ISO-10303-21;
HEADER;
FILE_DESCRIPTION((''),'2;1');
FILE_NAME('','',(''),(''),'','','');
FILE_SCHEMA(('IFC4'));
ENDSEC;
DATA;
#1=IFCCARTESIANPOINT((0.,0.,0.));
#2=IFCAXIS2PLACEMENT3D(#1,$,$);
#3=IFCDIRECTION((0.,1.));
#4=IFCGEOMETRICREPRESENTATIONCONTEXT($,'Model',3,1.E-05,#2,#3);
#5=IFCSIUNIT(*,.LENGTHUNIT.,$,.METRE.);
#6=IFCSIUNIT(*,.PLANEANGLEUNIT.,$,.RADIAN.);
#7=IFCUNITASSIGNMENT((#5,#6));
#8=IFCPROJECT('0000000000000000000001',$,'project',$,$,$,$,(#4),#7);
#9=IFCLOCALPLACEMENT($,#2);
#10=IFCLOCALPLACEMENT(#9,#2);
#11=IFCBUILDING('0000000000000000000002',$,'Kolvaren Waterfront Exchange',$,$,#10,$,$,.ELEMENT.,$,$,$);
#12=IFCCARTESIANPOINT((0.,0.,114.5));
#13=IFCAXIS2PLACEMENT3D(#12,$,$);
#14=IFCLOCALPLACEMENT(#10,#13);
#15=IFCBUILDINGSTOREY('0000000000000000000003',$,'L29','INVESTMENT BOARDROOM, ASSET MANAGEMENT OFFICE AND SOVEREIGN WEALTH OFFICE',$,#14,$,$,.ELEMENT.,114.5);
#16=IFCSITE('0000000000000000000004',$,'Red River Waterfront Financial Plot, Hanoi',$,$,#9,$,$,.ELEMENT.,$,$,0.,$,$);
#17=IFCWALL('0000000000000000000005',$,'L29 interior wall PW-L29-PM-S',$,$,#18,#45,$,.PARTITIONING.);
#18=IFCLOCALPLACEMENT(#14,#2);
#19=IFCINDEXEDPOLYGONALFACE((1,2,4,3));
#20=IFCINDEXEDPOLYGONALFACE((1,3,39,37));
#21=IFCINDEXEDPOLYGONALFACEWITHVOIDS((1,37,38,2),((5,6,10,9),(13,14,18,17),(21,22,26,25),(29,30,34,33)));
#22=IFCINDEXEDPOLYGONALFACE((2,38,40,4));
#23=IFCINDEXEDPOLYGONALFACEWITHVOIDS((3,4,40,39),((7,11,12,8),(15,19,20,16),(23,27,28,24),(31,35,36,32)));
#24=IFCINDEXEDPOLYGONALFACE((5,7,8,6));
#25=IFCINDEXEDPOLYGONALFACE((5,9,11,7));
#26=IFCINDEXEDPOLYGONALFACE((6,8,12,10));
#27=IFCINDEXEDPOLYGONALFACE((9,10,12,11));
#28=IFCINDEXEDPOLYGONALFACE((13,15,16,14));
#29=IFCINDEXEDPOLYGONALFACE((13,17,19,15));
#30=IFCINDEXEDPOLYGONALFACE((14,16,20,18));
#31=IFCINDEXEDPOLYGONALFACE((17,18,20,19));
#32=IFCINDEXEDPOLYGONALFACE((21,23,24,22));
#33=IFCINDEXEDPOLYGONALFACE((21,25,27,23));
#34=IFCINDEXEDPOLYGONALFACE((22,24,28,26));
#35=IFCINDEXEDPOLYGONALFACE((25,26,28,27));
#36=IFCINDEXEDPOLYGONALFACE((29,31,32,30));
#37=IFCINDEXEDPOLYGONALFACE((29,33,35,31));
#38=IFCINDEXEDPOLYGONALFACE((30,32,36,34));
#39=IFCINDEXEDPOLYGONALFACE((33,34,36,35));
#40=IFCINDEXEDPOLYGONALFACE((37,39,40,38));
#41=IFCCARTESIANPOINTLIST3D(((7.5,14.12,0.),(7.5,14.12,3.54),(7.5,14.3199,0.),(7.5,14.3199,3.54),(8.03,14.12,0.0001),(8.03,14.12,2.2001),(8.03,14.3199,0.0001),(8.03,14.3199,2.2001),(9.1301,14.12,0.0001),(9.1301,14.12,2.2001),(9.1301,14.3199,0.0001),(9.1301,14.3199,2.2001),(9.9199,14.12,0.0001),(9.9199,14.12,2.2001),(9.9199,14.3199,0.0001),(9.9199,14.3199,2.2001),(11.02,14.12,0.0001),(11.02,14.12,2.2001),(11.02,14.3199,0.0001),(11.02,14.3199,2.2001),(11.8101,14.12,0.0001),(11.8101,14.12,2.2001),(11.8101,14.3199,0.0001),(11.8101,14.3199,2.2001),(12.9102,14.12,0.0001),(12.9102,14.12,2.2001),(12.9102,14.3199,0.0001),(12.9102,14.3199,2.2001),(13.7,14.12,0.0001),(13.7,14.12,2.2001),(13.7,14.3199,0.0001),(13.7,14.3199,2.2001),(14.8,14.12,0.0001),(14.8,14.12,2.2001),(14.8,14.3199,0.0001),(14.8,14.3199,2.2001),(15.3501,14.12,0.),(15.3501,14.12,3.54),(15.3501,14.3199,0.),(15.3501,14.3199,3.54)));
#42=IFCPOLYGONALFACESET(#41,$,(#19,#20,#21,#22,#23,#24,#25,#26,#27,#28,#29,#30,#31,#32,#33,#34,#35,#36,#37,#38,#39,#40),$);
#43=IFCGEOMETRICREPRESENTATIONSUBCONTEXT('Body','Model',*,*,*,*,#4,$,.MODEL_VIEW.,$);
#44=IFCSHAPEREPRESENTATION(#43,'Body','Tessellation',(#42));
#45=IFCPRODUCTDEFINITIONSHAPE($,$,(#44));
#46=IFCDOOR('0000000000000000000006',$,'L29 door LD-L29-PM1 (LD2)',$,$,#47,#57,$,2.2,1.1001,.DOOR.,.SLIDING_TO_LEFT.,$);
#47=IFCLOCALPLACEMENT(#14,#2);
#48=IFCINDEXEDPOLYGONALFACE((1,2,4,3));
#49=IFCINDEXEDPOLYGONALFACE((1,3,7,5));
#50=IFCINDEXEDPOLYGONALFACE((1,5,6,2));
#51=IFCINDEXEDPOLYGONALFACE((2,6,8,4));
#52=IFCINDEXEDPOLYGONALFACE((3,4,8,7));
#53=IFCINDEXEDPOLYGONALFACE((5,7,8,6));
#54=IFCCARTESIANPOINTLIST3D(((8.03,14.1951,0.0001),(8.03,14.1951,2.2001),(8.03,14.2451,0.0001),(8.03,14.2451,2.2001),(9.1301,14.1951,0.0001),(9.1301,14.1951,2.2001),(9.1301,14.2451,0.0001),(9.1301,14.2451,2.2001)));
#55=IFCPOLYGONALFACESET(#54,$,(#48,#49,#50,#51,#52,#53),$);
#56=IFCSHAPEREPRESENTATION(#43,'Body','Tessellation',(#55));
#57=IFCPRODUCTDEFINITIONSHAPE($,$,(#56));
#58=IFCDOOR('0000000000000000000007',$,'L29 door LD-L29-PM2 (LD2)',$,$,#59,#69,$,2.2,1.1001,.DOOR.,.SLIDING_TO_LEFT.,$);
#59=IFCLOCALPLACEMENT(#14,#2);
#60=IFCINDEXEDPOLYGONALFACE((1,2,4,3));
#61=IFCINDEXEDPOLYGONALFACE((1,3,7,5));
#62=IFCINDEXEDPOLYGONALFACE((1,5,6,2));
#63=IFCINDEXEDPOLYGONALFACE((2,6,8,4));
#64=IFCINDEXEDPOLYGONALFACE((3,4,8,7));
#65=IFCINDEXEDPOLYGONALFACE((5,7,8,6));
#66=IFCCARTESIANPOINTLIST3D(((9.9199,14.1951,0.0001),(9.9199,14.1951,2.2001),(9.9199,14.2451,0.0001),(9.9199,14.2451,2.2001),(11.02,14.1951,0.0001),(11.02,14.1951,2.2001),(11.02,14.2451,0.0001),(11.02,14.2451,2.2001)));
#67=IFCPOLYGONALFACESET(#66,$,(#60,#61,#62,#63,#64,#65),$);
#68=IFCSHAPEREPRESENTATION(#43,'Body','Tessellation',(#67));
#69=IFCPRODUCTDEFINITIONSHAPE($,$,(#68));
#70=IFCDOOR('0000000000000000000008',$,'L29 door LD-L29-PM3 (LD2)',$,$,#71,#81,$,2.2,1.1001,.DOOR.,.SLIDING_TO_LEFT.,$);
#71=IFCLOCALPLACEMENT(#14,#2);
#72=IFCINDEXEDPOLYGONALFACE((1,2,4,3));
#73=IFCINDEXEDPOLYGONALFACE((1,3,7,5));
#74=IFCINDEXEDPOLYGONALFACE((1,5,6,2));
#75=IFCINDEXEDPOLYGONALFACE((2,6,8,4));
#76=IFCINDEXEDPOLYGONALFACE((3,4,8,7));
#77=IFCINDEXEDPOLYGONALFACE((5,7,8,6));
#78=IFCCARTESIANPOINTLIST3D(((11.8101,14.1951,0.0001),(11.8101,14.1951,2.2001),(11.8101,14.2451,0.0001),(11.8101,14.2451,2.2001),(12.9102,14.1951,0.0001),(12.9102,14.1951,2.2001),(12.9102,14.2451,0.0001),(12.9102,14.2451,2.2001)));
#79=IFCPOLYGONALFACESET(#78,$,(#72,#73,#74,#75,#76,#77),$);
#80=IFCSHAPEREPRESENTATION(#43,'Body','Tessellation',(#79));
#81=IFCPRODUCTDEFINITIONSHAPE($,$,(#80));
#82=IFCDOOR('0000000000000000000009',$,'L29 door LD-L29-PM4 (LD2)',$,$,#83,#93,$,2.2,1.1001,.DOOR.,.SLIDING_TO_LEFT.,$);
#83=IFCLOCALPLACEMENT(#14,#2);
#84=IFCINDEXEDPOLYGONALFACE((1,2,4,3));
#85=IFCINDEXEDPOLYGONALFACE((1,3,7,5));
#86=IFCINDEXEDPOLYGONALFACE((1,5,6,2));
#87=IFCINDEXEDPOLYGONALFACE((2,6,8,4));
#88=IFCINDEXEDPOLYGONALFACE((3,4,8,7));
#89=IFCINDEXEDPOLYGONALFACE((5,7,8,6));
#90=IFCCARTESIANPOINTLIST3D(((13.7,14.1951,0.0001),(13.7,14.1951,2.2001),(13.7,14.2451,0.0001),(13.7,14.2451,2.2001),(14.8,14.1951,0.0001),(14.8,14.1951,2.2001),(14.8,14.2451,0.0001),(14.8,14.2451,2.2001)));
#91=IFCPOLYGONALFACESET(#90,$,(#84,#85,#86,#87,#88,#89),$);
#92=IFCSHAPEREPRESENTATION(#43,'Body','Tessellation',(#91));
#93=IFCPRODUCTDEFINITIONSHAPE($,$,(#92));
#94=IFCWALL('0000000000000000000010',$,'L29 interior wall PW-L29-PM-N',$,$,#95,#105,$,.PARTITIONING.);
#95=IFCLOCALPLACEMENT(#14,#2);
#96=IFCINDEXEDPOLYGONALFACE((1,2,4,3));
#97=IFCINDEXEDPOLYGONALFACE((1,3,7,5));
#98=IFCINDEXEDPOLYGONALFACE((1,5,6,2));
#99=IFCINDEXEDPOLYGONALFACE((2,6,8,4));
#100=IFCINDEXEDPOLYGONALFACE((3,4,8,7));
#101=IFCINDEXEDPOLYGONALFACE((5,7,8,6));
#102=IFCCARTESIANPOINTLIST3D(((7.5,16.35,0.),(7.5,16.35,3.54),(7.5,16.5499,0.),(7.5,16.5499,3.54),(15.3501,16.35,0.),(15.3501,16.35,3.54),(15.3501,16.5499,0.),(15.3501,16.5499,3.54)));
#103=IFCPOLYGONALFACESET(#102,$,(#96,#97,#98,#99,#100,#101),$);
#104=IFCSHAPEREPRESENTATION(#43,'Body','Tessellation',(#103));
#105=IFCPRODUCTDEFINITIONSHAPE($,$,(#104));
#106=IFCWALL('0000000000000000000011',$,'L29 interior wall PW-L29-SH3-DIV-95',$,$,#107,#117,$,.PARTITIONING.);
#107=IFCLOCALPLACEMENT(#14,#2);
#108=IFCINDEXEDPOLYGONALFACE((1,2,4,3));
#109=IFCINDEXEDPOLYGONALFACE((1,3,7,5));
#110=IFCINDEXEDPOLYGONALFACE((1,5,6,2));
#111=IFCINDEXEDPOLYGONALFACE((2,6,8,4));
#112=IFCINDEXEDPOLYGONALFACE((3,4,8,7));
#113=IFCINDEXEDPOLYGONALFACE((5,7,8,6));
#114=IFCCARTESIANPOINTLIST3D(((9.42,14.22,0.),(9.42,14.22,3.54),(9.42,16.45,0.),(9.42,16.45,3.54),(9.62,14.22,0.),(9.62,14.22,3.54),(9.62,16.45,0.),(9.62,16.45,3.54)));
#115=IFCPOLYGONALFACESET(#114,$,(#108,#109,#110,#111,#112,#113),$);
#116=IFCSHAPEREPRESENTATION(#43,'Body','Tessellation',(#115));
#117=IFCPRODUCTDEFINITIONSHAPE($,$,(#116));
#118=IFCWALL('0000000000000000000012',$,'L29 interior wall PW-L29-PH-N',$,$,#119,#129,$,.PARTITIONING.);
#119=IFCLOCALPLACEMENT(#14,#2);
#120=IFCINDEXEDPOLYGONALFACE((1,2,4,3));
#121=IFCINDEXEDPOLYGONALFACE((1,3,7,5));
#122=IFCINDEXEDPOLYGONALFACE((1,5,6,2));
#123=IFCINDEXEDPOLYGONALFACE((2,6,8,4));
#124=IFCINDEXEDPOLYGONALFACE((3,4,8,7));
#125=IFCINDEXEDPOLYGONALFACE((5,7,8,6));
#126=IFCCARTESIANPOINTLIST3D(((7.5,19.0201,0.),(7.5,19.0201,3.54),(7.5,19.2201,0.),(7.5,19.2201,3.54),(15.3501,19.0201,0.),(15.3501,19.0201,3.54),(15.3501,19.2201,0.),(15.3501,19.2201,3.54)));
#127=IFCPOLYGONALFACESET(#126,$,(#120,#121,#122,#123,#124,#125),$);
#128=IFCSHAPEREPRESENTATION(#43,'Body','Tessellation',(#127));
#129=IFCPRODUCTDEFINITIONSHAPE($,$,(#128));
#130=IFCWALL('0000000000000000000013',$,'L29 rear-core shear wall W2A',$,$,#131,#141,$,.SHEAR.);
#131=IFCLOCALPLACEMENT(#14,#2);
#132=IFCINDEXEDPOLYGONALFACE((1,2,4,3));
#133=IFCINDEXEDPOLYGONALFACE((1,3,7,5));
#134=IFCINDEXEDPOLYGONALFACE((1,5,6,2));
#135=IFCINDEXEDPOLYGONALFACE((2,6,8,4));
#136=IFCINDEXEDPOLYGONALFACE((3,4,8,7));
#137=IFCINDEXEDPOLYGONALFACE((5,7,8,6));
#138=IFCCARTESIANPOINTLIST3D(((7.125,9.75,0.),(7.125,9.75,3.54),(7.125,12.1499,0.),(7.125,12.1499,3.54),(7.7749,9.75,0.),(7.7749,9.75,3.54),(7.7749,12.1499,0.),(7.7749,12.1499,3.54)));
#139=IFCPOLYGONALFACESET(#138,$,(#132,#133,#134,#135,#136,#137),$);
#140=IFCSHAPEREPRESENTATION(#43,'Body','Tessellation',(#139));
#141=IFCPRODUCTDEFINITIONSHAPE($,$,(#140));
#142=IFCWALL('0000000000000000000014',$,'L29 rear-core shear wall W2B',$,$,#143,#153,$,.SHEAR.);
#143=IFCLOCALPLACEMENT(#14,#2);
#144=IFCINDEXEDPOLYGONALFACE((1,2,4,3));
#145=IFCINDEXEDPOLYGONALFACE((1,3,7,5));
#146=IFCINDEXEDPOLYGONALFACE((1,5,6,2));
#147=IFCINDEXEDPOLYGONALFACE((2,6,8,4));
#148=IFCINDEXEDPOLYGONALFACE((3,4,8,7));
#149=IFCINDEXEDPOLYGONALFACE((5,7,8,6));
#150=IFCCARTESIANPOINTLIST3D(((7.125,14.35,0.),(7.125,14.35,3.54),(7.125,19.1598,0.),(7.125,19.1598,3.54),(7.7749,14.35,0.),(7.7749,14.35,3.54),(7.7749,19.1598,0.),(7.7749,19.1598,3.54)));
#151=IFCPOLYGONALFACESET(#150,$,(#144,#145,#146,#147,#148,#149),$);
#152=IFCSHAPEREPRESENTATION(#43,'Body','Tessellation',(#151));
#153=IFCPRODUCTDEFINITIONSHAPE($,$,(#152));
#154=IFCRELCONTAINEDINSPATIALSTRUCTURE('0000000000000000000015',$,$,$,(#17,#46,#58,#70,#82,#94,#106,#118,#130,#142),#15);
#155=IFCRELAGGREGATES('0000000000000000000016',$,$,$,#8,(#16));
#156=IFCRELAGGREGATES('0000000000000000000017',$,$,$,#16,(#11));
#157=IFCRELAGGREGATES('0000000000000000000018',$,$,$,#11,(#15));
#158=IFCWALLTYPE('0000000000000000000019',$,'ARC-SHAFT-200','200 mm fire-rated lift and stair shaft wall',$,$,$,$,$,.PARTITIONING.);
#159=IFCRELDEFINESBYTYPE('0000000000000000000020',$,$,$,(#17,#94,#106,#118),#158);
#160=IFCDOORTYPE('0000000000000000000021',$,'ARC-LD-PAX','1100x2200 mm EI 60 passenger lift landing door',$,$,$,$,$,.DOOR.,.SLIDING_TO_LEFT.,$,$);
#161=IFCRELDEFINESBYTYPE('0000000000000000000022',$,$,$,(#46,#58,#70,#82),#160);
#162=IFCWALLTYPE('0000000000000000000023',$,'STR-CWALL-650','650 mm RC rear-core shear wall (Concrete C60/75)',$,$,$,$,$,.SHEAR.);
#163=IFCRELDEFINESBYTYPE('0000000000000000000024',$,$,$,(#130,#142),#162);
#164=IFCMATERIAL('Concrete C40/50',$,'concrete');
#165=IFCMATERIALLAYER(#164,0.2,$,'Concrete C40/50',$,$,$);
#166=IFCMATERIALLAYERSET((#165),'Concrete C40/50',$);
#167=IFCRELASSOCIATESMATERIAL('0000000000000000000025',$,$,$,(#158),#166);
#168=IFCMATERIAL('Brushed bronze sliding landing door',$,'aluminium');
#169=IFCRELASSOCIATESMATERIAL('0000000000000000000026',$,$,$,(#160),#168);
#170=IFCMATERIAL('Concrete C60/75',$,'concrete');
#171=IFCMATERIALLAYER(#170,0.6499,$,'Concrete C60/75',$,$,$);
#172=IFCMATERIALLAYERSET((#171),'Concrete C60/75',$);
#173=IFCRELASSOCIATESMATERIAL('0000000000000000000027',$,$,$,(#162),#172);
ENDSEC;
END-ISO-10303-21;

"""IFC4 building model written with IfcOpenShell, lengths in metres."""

from ifc_helpers import new_model, si_unit, direction, frame, frame_2d, origin, place, context, subcontext, project, spatial, rectangle, extrude, material, layer, layer_set, type_object, element, fill, save


model = new_model("IFC4")

# Units and contexts
model_context = context("Model", 3, precision=1e-05, world=origin(), true_north=direction((0.0, 1.0)))
body_context = subcontext(model_context, "Body", "Model", "MODEL_VIEW")
ifc_project = project(units=[si_unit("LENGTHUNIT", "METRE"), si_unit("PLANEANGLEUNIT", "RADIAN")], contexts=[model_context])

# Site, building, storey
site_placement = place(None, origin())
site = spatial("IfcSite", under=ifc_project, at=site_placement, Name="Red River Waterfront Financial Plot, Hanoi", CompositionType="ELEMENT", RefElevation=0.0)
building_placement = place(site_placement, origin())
building = spatial("IfcBuilding", under=site, at=building_placement, Name="Kolvaren Waterfront Exchange", CompositionType="ELEMENT")
storey_placement = place(building_placement, frame((0.0, 0.0, 114.5)))
storey = spatial("IfcBuildingStorey", under=building, at=storey_placement, Name="L29", Description="INVESTMENT BOARDROOM, ASSET MANAGEMENT OFFICE AND SOVEREIGN WEALTH OFFICE", CompositionType="ELEMENT", Elevation=114.5)

# Shared definitions
ifc_material_1 = material(Name="Concrete C60/75", Category="concrete")

# Shared definitions
ifc_material_2 = material(Name="Concrete C40/50", Category="concrete")
ifc_layer_1 = layer(ifc_material_2, 0.2, Name="Concrete C40/50")
ifc_layer_set_1 = layer_set([ifc_layer_1], Name="Concrete C40/50")
wall_type_1 = type_object("IfcWallType", Name="ARC-SHAFT-200", Description="200 mm fire-rated lift and stair shaft wall", PredefinedType="PARTITIONING", material=ifc_layer_set_1)

# Wall, openings, doors
wall_1_placement = place(storey_placement, frame((7.5, 14.22, 0.0), z_axis=(0.0, 0.0, 1.0), x_axis=(1.0, 0.0, 0.0)))
wall_1 = element("IfcWall", 1, at=wall_1_placement, inside=storey, type_object=wall_type_1, Name="L29 interior wall PW-L29-PM-S", PredefinedType="PARTITIONING", context=body_context, shape_type="SweptSolid", body=[
    extrude(rectangle(XDim=7.8501, YDim=0.2, at=frame_2d((3.925, 0.0))), origin(), (0.0, 0.0, 1.0), 3.54),
])
opening_1_placement = place(wall_1_placement, frame((0.53, 0.0, 0.0)))
opening_1 = element("IfcOpeningElement", 2, at=opening_1_placement, cuts=wall_1, PredefinedType="OPENING", context=body_context, shape_type="SweptSolid", body=[
    extrude(rectangle(XDim=1.1001, YDim=2.2, at=frame_2d((0.55, 1.1001))), frame((0.0, 0.1099, 0.0), z_axis=(0.0, -1.0, 0.0), x_axis=(1.0, 0.0, 0.0)), (0.0, 0.0, 1.0), 0.22),
])
opening_2_placement = place(wall_1_placement, frame((2.4199, 0.0, 0.0)))
opening_2 = element("IfcOpeningElement", 3, at=opening_2_placement, cuts=wall_1, PredefinedType="OPENING", context=body_context, shape_type="SweptSolid", body=[
    extrude(rectangle(XDim=1.1001, YDim=2.2, at=frame_2d((0.55, 1.1001))), frame((0.0, 0.1099, 0.0), z_axis=(0.0, -1.0, 0.0), x_axis=(1.0, 0.0, 0.0)), (0.0, 0.0, 1.0), 0.22),
])
opening_3_placement = place(wall_1_placement, frame((4.3101, 0.0, 0.0)))
opening_3 = element("IfcOpeningElement", 4, at=opening_3_placement, cuts=wall_1, PredefinedType="OPENING", context=body_context, shape_type="SweptSolid", body=[
    extrude(rectangle(XDim=1.1001, YDim=2.2, at=frame_2d((0.55, 1.1001))), frame((0.0, 0.1099, 0.0), z_axis=(0.0, -1.0, 0.0), x_axis=(1.0, 0.0, 0.0)), (0.0, 0.0, 1.0), 0.22),
])
opening_4_placement = place(wall_1_placement, frame((6.2, 0.0, 0.0)))
opening_4 = element("IfcOpeningElement", 5, at=opening_4_placement, cuts=wall_1, PredefinedType="OPENING", context=body_context, shape_type="SweptSolid", body=[
    extrude(rectangle(XDim=1.1001, YDim=2.2, at=frame_2d((0.55, 1.1001))), frame((0.0, 0.1099, 0.0), z_axis=(0.0, -1.0, 0.0), x_axis=(1.0, 0.0, 0.0)), (0.0, 0.0, 1.0), 0.22),
])
ifc_material_3 = material(Name="Brushed bronze sliding landing door", Category="aluminium")
door_type_1 = type_object("IfcDoorType", Name="ARC-LD-PAX", Description="1100x2200 mm EI 60 passenger lift landing door", OperationType="SLIDING_TO_LEFT", PredefinedType="DOOR", material=ifc_material_3)
door_1_placement = place(opening_1_placement, frame((1.1001, 0.0, 0.0), z_axis=(0.0, 0.0, 1.0), x_axis=(-1.0, 0.0, 0.0)))
door_1 = element("IfcDoor", 6, at=door_1_placement, inside=storey, type_object=door_type_1, Name="L29 door LD-L29-PM1 (LD2)", OperationType="SLIDING_TO_LEFT", OverallHeight=2.2, OverallWidth=1.1001, PredefinedType="DOOR", context=body_context, shape_type="SweptSolid", body=[
    extrude(rectangle(XDim=1.1001, YDim=2.2, at=frame_2d((0.55, 1.1001))), frame((0.0, 0.0249, 0.0), z_axis=(0.0, -1.0, 0.0), x_axis=(1.0, 0.0, 0.0)), (0.0, 0.0, 1.0), 0.05),
])
fill(opening_1, door_1)
door_2_placement = place(opening_2_placement, frame((1.1001, 0.0, 0.0), z_axis=(0.0, 0.0, 1.0), x_axis=(-1.0, 0.0, 0.0)))
door_2 = element("IfcDoor", 7, at=door_2_placement, inside=storey, type_object=door_type_1, Name="L29 door LD-L29-PM2 (LD2)", OperationType="SLIDING_TO_LEFT", OverallHeight=2.2, OverallWidth=1.1001, PredefinedType="DOOR", context=body_context, shape_type="SweptSolid", body=[
    extrude(rectangle(XDim=1.1001, YDim=2.2, at=frame_2d((0.55, 1.1001))), frame((0.0, 0.0249, 0.0), z_axis=(0.0, -1.0, 0.0), x_axis=(1.0, 0.0, 0.0)), (0.0, 0.0, 1.0), 0.05),
])
fill(opening_2, door_2)
door_3_placement = place(opening_3_placement, frame((1.1001, 0.0, 0.0), z_axis=(0.0, 0.0, 1.0), x_axis=(-1.0, 0.0, 0.0)))
door_3 = element("IfcDoor", 8, at=door_3_placement, inside=storey, type_object=door_type_1, Name="L29 door LD-L29-PM3 (LD2)", OperationType="SLIDING_TO_LEFT", OverallHeight=2.2, OverallWidth=1.1001, PredefinedType="DOOR", context=body_context, shape_type="SweptSolid", body=[
    extrude(rectangle(XDim=1.1001, YDim=2.2, at=frame_2d((0.55, 1.1001))), frame((0.0, 0.0249, 0.0), z_axis=(0.0, -1.0, 0.0), x_axis=(1.0, 0.0, 0.0)), (0.0, 0.0, 1.0), 0.05),
])
fill(opening_3, door_3)
door_4_placement = place(opening_4_placement, frame((1.1001, 0.0, 0.0), z_axis=(0.0, 0.0, 1.0), x_axis=(-1.0, 0.0, 0.0)))
door_4 = element("IfcDoor", 9, at=door_4_placement, inside=storey, type_object=door_type_1, Name="L29 door LD-L29-PM4 (LD2)", OperationType="SLIDING_TO_LEFT", OverallHeight=2.2, OverallWidth=1.1001, PredefinedType="DOOR", context=body_context, shape_type="SweptSolid", body=[
    extrude(rectangle(XDim=1.1001, YDim=2.2, at=frame_2d((0.55, 1.1001))), frame((0.0, 0.0249, 0.0), z_axis=(0.0, -1.0, 0.0), x_axis=(1.0, 0.0, 0.0)), (0.0, 0.0, 1.0), 0.05),
])
fill(opening_4, door_4)

# Walls
wall_2_placement = place(storey_placement, frame((7.5, 16.45, 0.0), z_axis=(0.0, 0.0, 1.0), x_axis=(1.0, 0.0, 0.0)))
element("IfcWall", 10, at=wall_2_placement, inside=storey, type_object=wall_type_1, Name="L29 interior wall PW-L29-PM-N", PredefinedType="PARTITIONING", context=body_context, shape_type="SweptSolid", body=[
    extrude(rectangle(XDim=7.8501, YDim=0.2, at=frame_2d((3.925, 0.0))), origin(), (0.0, 0.0, 1.0), 3.54),
])
wall_3_placement = place(storey_placement, frame((9.52, 14.22, 0.0), z_axis=(0.0, 0.0, 1.0), x_axis=(0.0, 1.0, 0.0)))
element("IfcWall", 11, at=wall_3_placement, inside=storey, type_object=wall_type_1, Name="L29 interior wall PW-L29-SH3-DIV-95", PredefinedType="PARTITIONING", context=body_context, shape_type="SweptSolid", body=[
    extrude(rectangle(XDim=2.23, YDim=0.2, at=frame_2d((1.115, 0.0))), origin(), (0.0, 0.0, 1.0), 3.54),
])
wall_4_placement = place(storey_placement, frame((7.5, 19.1201, 0.0), z_axis=(0.0, 0.0, 1.0), x_axis=(1.0, 0.0, 0.0)))
element("IfcWall", 12, at=wall_4_placement, inside=storey, type_object=wall_type_1, Name="L29 interior wall PW-L29-PH-N", PredefinedType="PARTITIONING", context=body_context, shape_type="SweptSolid", body=[
    extrude(rectangle(XDim=7.8501, YDim=0.2, at=frame_2d((3.925, 0.0))), origin(), (0.0, 0.0, 1.0), 3.54),
])
ifc_layer_2 = layer(ifc_material_1, 0.6499, Name="Concrete C60/75")
ifc_layer_set_2 = layer_set([ifc_layer_2], Name="Concrete C60/75")
wall_type_2 = type_object("IfcWallType", Name="STR-CWALL-650", Description="650 mm RC rear-core shear wall (Concrete C60/75)", PredefinedType="SHEAR", material=ifc_layer_set_2)
wall_5_placement = place(storey_placement, frame((7.45, 9.75, 0.0), z_axis=(0.0, 0.0, 1.0), x_axis=(0.0, 1.0, 0.0)))
element("IfcWall", 13, at=wall_5_placement, inside=storey, type_object=wall_type_2, Name="L29 rear-core shear wall W2A", PredefinedType="SHEAR", context=body_context, shape_type="SweptSolid", body=[
    extrude(rectangle(XDim=2.3999, YDim=0.6499, at=frame_2d((1.2, 0.0))), origin(), (0.0, 0.0, 1.0), 3.54),
])
wall_6_placement = place(storey_placement, frame((7.45, 14.3501, 0.0), z_axis=(0.0, 0.0, 1.0), x_axis=(0.0, 1.0, 0.0)))
element("IfcWall", 14, at=wall_6_placement, inside=storey, type_object=wall_type_2, Name="L29 rear-core shear wall W2B", PredefinedType="SHEAR", context=body_context, shape_type="SweptSolid", body=[
    extrude(rectangle(XDim=4.8098, YDim=0.6499, at=frame_2d((2.4048, 0.0))), origin(), (0.0, 0.0, 1.0), 3.54),
])

save(model, "model.ifc")
